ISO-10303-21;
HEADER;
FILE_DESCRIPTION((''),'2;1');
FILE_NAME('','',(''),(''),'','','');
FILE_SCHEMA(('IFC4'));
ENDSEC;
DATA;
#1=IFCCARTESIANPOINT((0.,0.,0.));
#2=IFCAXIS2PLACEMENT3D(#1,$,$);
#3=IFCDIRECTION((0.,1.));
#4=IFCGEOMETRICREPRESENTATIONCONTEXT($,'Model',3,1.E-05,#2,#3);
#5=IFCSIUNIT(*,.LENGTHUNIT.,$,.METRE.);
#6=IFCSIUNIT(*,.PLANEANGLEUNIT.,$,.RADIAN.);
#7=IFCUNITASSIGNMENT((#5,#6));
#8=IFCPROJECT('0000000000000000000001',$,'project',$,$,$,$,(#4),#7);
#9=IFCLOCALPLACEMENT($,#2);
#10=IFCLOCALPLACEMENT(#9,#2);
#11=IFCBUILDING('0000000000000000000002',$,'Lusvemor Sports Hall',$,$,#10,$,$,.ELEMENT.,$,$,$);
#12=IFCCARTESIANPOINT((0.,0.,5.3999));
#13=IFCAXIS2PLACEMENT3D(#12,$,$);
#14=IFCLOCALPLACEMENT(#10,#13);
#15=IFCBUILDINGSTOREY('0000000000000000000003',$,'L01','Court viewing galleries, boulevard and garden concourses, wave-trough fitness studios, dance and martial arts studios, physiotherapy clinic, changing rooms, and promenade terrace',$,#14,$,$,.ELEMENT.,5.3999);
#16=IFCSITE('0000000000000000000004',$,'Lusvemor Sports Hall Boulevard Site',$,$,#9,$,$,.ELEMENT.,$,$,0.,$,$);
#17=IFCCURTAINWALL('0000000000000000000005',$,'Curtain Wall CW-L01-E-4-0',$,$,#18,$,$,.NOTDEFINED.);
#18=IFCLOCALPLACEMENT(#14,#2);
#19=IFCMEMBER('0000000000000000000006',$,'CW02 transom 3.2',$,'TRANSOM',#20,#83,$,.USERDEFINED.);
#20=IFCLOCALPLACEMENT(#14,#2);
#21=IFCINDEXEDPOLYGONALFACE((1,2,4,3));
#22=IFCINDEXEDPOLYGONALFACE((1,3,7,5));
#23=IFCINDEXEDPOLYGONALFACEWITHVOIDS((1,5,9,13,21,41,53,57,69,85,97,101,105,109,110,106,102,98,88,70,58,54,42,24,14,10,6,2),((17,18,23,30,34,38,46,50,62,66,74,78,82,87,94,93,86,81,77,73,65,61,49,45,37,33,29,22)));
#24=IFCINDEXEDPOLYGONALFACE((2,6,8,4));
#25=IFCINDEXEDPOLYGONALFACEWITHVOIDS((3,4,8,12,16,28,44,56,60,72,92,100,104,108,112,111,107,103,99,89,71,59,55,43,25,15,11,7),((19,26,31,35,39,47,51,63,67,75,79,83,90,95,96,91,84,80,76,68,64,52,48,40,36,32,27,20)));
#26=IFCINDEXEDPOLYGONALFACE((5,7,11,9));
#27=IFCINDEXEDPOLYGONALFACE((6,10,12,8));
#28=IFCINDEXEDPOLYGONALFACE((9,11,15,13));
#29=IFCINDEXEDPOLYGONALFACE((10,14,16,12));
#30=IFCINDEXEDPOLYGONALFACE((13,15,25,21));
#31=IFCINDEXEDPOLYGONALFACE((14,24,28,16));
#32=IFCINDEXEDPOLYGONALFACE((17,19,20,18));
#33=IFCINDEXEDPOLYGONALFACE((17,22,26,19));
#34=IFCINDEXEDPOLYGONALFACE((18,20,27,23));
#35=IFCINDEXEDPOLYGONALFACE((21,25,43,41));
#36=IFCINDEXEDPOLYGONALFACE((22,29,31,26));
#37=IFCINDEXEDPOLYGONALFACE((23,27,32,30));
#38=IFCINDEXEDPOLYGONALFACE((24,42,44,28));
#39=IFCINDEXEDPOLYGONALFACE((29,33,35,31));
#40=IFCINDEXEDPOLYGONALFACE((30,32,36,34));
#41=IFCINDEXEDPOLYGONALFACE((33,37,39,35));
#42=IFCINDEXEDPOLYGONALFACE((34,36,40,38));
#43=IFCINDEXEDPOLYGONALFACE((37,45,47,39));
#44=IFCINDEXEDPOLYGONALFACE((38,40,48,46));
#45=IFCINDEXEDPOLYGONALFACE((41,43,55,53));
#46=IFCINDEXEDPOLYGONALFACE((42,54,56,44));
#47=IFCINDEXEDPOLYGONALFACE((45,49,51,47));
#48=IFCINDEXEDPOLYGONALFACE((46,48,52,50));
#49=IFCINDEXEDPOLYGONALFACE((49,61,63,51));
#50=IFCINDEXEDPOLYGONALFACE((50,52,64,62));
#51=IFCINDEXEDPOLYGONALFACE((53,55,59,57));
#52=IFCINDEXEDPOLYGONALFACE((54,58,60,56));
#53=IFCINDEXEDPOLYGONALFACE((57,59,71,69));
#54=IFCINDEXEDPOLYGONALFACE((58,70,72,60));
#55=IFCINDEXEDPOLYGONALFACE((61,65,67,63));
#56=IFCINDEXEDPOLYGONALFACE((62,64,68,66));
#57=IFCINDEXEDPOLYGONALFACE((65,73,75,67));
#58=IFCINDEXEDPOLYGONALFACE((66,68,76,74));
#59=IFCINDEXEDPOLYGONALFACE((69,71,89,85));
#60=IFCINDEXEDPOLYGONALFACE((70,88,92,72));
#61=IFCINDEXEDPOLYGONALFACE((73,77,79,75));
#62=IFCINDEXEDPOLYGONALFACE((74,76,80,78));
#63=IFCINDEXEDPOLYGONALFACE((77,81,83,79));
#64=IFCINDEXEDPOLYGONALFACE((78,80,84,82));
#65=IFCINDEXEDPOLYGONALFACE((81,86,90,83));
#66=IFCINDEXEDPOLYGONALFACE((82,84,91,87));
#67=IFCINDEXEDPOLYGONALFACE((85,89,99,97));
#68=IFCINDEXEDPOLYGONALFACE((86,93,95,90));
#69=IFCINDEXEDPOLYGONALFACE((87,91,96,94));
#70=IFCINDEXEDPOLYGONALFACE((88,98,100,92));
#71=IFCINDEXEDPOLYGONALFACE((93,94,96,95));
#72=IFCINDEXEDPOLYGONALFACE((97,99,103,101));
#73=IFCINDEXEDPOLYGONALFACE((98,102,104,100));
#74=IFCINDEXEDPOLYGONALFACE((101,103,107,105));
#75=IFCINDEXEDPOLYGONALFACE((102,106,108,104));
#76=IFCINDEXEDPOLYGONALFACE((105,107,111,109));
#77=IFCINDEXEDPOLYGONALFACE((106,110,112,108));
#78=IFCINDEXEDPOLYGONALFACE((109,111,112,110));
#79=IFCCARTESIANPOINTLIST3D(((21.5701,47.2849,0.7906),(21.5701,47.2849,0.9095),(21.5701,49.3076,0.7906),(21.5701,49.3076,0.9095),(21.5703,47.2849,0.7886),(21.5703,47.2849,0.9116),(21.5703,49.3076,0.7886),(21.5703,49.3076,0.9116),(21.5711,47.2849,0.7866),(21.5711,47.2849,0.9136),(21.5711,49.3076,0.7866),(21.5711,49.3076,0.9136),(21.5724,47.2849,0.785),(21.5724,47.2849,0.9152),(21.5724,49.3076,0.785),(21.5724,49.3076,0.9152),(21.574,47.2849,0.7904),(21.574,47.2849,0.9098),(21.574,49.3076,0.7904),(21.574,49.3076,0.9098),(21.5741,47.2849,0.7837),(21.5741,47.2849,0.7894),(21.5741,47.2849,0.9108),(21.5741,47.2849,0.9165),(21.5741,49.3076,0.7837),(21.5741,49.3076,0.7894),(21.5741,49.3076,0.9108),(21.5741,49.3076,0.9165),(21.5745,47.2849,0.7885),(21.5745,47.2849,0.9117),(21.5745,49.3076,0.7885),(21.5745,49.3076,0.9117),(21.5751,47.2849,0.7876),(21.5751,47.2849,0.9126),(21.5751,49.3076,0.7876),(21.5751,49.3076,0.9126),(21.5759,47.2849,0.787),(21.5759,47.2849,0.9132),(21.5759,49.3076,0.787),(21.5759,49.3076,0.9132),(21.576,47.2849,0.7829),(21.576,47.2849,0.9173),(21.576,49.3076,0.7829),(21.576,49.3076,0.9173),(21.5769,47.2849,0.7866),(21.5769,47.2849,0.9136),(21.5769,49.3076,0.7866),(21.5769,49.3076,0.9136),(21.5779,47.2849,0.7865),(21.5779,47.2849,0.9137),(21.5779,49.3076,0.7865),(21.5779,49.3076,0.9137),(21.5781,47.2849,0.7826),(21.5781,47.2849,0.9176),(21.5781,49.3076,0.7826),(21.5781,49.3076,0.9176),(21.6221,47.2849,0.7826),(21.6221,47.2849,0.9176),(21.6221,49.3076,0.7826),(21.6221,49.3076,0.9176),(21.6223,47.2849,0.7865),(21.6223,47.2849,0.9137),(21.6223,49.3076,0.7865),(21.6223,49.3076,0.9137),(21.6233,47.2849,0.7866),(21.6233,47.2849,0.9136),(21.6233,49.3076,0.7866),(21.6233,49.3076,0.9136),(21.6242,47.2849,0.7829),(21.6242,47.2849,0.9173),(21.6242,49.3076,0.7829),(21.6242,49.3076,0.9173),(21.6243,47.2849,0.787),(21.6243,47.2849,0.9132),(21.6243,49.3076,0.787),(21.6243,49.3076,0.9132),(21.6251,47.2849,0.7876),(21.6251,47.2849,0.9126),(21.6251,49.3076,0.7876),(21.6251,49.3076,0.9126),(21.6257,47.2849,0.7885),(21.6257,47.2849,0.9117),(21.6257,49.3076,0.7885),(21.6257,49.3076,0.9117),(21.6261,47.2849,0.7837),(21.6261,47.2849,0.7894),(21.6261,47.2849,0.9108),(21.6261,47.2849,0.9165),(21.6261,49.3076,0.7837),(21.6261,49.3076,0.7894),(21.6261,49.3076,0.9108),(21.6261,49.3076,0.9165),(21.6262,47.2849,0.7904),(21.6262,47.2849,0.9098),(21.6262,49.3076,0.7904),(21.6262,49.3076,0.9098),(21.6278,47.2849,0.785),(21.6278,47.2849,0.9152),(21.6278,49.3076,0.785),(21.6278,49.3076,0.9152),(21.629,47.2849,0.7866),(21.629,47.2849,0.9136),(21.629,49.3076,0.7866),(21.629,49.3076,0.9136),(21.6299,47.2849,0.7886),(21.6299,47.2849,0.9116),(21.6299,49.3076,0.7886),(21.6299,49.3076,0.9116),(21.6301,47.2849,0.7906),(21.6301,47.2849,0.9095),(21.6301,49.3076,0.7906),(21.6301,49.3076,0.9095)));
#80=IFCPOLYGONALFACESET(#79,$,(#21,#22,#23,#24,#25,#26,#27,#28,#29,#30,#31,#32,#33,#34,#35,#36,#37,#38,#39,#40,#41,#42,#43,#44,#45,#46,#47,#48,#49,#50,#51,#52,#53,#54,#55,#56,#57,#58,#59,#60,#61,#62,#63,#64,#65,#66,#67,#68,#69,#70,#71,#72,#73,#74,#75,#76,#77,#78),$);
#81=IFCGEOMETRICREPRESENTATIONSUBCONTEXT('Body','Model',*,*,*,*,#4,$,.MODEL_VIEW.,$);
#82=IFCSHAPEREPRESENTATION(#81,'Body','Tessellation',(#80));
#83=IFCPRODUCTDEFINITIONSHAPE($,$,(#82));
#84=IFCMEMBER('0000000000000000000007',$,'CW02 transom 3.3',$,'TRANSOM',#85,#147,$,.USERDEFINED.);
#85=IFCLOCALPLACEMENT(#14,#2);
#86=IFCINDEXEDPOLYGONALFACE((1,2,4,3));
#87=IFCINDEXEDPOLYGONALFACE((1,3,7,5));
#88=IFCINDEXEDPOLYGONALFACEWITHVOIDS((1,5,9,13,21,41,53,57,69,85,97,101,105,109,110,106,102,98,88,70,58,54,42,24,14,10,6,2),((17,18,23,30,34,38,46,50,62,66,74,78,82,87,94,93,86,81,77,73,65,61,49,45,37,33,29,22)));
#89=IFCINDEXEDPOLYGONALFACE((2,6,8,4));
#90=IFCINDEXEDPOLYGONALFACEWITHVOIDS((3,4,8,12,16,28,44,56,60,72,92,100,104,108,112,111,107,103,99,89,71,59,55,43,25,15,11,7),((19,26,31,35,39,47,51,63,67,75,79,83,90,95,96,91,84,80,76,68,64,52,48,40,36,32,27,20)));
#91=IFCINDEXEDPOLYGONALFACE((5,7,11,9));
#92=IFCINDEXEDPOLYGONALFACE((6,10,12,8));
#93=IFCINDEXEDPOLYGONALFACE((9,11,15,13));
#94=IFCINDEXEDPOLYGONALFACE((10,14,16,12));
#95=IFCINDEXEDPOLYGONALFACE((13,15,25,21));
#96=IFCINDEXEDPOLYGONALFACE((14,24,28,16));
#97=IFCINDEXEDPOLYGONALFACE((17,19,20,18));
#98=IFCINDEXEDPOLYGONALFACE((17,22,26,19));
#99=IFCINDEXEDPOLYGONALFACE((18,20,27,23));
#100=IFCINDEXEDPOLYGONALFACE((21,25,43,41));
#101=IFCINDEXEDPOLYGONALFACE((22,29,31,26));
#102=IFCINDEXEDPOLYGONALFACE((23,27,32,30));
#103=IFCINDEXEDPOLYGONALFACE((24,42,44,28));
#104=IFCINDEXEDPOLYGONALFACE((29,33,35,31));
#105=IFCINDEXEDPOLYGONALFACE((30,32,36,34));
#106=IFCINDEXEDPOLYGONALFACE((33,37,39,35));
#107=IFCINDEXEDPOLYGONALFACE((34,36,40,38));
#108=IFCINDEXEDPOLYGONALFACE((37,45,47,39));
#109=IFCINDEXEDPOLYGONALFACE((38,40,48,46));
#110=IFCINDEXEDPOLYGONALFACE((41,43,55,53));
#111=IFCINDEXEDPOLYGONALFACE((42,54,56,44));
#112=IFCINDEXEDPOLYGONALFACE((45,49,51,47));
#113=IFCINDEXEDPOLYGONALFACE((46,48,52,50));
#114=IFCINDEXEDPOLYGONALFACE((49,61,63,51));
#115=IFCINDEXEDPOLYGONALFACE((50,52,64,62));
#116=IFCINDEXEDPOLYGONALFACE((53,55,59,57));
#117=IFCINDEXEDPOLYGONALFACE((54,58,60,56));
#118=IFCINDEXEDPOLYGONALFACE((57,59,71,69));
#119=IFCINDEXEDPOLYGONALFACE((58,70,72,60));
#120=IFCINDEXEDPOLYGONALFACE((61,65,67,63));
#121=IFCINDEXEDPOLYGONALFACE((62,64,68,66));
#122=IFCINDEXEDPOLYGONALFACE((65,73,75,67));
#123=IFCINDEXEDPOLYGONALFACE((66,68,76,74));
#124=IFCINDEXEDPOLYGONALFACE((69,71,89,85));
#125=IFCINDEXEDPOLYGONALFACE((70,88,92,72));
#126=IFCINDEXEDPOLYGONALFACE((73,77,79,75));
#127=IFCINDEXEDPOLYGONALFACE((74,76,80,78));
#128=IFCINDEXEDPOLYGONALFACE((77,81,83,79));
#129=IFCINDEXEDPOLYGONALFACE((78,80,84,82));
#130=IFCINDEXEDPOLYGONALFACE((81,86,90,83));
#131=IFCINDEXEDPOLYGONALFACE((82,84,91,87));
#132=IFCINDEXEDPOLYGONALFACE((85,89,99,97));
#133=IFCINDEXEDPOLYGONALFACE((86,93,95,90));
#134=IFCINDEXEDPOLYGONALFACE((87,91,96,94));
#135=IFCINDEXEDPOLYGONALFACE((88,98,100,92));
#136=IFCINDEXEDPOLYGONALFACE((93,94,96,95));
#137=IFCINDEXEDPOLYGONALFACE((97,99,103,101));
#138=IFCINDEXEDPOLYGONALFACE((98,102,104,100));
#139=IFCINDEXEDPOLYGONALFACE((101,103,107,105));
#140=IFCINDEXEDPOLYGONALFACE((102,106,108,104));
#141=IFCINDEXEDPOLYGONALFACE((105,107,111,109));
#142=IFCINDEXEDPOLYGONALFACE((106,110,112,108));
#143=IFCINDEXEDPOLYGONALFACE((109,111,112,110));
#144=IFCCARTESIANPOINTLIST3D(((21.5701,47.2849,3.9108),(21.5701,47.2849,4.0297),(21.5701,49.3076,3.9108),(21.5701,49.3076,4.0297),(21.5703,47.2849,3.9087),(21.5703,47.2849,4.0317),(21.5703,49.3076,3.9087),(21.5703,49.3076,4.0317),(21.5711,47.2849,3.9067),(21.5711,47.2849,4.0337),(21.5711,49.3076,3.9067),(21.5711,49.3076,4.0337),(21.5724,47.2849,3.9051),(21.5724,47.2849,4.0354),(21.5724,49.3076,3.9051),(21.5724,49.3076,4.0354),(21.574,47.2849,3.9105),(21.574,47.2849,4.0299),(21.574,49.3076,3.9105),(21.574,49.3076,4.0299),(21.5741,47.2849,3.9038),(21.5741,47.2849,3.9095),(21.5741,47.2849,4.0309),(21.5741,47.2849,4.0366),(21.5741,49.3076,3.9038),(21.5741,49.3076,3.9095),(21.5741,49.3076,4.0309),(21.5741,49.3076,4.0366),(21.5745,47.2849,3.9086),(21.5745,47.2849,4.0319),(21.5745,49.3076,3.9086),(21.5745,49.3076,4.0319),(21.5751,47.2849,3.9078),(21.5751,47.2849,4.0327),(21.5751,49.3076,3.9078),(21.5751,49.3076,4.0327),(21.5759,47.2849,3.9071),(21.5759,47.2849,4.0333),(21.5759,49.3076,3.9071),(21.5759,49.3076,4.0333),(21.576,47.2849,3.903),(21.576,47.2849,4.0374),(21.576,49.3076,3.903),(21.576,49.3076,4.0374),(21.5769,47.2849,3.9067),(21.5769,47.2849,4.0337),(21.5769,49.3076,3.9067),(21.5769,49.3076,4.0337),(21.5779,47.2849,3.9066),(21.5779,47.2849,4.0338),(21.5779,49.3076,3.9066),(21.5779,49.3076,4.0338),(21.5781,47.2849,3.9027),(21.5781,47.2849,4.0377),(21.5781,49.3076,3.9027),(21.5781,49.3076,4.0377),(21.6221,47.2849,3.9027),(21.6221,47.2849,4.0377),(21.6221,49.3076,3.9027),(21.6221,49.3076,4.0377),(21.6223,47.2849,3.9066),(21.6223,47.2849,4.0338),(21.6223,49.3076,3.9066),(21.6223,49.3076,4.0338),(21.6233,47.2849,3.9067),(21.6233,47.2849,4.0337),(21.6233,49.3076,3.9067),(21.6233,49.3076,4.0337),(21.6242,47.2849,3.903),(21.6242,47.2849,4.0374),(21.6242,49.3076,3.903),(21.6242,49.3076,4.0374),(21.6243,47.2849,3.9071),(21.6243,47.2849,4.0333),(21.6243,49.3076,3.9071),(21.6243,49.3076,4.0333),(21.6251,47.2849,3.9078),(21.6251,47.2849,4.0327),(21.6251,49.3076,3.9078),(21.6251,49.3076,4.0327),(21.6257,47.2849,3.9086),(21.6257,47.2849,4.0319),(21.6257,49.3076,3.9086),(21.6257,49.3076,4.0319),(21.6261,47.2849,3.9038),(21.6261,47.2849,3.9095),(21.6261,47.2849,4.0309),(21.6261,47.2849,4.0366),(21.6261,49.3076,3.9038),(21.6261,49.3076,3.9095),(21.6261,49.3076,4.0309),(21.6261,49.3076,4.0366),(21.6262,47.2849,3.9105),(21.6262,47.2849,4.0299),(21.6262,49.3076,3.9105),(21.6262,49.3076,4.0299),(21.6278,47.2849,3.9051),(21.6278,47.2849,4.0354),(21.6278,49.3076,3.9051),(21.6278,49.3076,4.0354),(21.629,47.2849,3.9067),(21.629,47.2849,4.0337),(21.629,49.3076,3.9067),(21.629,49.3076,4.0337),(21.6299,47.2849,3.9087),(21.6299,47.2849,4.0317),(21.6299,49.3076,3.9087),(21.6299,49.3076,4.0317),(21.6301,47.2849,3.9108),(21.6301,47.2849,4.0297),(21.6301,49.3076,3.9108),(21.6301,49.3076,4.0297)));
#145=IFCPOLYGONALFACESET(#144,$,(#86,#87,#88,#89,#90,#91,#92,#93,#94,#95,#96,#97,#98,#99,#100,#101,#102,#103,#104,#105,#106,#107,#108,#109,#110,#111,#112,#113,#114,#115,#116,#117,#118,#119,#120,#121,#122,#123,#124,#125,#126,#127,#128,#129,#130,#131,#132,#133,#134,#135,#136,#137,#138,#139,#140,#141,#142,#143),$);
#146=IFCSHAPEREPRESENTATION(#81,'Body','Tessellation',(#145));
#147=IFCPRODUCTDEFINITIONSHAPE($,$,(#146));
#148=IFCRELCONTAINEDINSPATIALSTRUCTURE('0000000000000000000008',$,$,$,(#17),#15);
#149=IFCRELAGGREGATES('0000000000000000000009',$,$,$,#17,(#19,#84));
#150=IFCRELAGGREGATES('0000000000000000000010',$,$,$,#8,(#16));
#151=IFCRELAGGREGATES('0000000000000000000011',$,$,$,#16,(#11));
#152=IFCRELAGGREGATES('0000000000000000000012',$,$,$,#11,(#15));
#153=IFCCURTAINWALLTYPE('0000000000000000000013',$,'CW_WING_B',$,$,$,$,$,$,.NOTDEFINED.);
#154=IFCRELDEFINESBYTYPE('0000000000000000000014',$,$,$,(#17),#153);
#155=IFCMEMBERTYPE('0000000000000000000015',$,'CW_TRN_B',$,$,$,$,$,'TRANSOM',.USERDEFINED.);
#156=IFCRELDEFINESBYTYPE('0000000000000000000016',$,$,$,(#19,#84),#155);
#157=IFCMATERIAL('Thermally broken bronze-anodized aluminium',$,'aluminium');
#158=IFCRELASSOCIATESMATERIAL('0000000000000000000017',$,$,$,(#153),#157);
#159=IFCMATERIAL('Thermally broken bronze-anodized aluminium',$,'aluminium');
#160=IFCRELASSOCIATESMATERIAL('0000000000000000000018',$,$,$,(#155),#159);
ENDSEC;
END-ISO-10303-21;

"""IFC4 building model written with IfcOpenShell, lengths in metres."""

from ifc_helpers import new_model, si_unit, direction, frame, origin, origin_2d, place, context, subcontext, project, spatial, hollow_rectangle, extrude, material, material_profile, profile_set, type_object, element, aggregate, save


model = new_model("IFC4")

# Units and contexts
model_context = context("Model", 3, precision=1e-05, world=origin(), true_north=direction((0.0, 1.0)))
body_context = subcontext(model_context, "Body", "Model", "MODEL_VIEW")
ifc_project = project(units=[si_unit("LENGTHUNIT", "METRE"), si_unit("PLANEANGLEUNIT", "RADIAN")], contexts=[model_context])

# Site, building, storey
site_placement = place(None, origin())
site = spatial("IfcSite", under=ifc_project, at=site_placement, Name="Lusvemor Sports Hall Boulevard Site", CompositionType="ELEMENT", RefElevation=0.0)
building_placement = place(site_placement, origin())
building = spatial("IfcBuilding", under=site, at=building_placement, Name="Lusvemor Sports Hall", CompositionType="ELEMENT")
storey_placement = place(building_placement, frame((0.0, 0.0, 5.3999)))
storey = spatial("IfcBuildingStorey", under=building, at=storey_placement, Name="L01", Description="Court viewing galleries, boulevard and garden concourses, wave-trough fitness studios, dance and martial arts studios, physiotherapy clinic, changing rooms, and promenade terrace", CompositionType="ELEMENT", Elevation=5.3999)

# Shared definitions
ifc_material_1 = material(Name="Thermally broken bronze-anodized aluminium", Category="aluminium")
curtain_wall_type = type_object("IfcCurtainWallType", Name="CW_WING_B", PredefinedType="NOTDEFINED", material=ifc_material_1)

# Curtain wall, members
curtain_wall_1_placement = place(storey_placement, origin())
curtain_wall_1 = element("IfcCurtainWall", 1, at=curtain_wall_1_placement, inside=storey, type_object=curtain_wall_type, Name="Curtain Wall CW-L01-E-4-0", PredefinedType="NOTDEFINED")
ifc_material_2 = material(Name="Thermally broken bronze-anodized aluminium", Category="aluminium")
ifc_material_profile_1 = material_profile(ifc_material_2, hollow_rectangle(XDim=0.0601, YDim=0.135, WallThickness=0.0039, InnerFilletRadius=0.0039, OuterFilletRadius=0.0081, at=origin_2d()), Name="CWTRN135x60x4")
ifc_profile_set_1 = profile_set([ifc_material_profile_1], Name="Thermally broken bronze-anodized aluminium")
member_type_1 = type_object("IfcMemberType", Name="CW_TRN_B", ElementType="TRANSOM", PredefinedType="USERDEFINED", material=ifc_profile_set_1)
member_1_placement = place(storey_placement, frame((21.6001, 49.3076, 0.8501), z_axis=(0.0, -1.0, 0.0), x_axis=(1.0, 0.0, 0.0)))
member_1 = element("IfcMember", 2, at=member_1_placement, type_object=member_type_1, Name="CW02 transom 3.2", ObjectType="TRANSOM", PredefinedType="USERDEFINED", context=body_context, shape_type="SweptSolid", body=[
    extrude(hollow_rectangle(XDim=0.0601, YDim=0.135, WallThickness=0.0039, InnerFilletRadius=0.0039, OuterFilletRadius=0.0081, at=origin_2d()), origin(), (0.0, 0.0, 1.0), 2.0227),
])
member_2_placement = place(storey_placement, frame((21.6001, 49.3076, 3.9702), z_axis=(0.0, -1.0, 0.0), x_axis=(1.0, 0.0, 0.0)))
member_2 = element("IfcMember", 3, at=member_2_placement, type_object=member_type_1, Name="CW02 transom 3.3", ObjectType="TRANSOM", PredefinedType="USERDEFINED", context=body_context, shape_type="SweptSolid", body=[
    extrude(hollow_rectangle(XDim=0.0601, YDim=0.135, WallThickness=0.0039, InnerFilletRadius=0.0039, OuterFilletRadius=0.0081, at=origin_2d()), origin(), (0.0, 0.0, 1.0), 2.0227),
])

aggregate(curtain_wall_1, [member_1, member_2])

save(model, "model.ifc")
